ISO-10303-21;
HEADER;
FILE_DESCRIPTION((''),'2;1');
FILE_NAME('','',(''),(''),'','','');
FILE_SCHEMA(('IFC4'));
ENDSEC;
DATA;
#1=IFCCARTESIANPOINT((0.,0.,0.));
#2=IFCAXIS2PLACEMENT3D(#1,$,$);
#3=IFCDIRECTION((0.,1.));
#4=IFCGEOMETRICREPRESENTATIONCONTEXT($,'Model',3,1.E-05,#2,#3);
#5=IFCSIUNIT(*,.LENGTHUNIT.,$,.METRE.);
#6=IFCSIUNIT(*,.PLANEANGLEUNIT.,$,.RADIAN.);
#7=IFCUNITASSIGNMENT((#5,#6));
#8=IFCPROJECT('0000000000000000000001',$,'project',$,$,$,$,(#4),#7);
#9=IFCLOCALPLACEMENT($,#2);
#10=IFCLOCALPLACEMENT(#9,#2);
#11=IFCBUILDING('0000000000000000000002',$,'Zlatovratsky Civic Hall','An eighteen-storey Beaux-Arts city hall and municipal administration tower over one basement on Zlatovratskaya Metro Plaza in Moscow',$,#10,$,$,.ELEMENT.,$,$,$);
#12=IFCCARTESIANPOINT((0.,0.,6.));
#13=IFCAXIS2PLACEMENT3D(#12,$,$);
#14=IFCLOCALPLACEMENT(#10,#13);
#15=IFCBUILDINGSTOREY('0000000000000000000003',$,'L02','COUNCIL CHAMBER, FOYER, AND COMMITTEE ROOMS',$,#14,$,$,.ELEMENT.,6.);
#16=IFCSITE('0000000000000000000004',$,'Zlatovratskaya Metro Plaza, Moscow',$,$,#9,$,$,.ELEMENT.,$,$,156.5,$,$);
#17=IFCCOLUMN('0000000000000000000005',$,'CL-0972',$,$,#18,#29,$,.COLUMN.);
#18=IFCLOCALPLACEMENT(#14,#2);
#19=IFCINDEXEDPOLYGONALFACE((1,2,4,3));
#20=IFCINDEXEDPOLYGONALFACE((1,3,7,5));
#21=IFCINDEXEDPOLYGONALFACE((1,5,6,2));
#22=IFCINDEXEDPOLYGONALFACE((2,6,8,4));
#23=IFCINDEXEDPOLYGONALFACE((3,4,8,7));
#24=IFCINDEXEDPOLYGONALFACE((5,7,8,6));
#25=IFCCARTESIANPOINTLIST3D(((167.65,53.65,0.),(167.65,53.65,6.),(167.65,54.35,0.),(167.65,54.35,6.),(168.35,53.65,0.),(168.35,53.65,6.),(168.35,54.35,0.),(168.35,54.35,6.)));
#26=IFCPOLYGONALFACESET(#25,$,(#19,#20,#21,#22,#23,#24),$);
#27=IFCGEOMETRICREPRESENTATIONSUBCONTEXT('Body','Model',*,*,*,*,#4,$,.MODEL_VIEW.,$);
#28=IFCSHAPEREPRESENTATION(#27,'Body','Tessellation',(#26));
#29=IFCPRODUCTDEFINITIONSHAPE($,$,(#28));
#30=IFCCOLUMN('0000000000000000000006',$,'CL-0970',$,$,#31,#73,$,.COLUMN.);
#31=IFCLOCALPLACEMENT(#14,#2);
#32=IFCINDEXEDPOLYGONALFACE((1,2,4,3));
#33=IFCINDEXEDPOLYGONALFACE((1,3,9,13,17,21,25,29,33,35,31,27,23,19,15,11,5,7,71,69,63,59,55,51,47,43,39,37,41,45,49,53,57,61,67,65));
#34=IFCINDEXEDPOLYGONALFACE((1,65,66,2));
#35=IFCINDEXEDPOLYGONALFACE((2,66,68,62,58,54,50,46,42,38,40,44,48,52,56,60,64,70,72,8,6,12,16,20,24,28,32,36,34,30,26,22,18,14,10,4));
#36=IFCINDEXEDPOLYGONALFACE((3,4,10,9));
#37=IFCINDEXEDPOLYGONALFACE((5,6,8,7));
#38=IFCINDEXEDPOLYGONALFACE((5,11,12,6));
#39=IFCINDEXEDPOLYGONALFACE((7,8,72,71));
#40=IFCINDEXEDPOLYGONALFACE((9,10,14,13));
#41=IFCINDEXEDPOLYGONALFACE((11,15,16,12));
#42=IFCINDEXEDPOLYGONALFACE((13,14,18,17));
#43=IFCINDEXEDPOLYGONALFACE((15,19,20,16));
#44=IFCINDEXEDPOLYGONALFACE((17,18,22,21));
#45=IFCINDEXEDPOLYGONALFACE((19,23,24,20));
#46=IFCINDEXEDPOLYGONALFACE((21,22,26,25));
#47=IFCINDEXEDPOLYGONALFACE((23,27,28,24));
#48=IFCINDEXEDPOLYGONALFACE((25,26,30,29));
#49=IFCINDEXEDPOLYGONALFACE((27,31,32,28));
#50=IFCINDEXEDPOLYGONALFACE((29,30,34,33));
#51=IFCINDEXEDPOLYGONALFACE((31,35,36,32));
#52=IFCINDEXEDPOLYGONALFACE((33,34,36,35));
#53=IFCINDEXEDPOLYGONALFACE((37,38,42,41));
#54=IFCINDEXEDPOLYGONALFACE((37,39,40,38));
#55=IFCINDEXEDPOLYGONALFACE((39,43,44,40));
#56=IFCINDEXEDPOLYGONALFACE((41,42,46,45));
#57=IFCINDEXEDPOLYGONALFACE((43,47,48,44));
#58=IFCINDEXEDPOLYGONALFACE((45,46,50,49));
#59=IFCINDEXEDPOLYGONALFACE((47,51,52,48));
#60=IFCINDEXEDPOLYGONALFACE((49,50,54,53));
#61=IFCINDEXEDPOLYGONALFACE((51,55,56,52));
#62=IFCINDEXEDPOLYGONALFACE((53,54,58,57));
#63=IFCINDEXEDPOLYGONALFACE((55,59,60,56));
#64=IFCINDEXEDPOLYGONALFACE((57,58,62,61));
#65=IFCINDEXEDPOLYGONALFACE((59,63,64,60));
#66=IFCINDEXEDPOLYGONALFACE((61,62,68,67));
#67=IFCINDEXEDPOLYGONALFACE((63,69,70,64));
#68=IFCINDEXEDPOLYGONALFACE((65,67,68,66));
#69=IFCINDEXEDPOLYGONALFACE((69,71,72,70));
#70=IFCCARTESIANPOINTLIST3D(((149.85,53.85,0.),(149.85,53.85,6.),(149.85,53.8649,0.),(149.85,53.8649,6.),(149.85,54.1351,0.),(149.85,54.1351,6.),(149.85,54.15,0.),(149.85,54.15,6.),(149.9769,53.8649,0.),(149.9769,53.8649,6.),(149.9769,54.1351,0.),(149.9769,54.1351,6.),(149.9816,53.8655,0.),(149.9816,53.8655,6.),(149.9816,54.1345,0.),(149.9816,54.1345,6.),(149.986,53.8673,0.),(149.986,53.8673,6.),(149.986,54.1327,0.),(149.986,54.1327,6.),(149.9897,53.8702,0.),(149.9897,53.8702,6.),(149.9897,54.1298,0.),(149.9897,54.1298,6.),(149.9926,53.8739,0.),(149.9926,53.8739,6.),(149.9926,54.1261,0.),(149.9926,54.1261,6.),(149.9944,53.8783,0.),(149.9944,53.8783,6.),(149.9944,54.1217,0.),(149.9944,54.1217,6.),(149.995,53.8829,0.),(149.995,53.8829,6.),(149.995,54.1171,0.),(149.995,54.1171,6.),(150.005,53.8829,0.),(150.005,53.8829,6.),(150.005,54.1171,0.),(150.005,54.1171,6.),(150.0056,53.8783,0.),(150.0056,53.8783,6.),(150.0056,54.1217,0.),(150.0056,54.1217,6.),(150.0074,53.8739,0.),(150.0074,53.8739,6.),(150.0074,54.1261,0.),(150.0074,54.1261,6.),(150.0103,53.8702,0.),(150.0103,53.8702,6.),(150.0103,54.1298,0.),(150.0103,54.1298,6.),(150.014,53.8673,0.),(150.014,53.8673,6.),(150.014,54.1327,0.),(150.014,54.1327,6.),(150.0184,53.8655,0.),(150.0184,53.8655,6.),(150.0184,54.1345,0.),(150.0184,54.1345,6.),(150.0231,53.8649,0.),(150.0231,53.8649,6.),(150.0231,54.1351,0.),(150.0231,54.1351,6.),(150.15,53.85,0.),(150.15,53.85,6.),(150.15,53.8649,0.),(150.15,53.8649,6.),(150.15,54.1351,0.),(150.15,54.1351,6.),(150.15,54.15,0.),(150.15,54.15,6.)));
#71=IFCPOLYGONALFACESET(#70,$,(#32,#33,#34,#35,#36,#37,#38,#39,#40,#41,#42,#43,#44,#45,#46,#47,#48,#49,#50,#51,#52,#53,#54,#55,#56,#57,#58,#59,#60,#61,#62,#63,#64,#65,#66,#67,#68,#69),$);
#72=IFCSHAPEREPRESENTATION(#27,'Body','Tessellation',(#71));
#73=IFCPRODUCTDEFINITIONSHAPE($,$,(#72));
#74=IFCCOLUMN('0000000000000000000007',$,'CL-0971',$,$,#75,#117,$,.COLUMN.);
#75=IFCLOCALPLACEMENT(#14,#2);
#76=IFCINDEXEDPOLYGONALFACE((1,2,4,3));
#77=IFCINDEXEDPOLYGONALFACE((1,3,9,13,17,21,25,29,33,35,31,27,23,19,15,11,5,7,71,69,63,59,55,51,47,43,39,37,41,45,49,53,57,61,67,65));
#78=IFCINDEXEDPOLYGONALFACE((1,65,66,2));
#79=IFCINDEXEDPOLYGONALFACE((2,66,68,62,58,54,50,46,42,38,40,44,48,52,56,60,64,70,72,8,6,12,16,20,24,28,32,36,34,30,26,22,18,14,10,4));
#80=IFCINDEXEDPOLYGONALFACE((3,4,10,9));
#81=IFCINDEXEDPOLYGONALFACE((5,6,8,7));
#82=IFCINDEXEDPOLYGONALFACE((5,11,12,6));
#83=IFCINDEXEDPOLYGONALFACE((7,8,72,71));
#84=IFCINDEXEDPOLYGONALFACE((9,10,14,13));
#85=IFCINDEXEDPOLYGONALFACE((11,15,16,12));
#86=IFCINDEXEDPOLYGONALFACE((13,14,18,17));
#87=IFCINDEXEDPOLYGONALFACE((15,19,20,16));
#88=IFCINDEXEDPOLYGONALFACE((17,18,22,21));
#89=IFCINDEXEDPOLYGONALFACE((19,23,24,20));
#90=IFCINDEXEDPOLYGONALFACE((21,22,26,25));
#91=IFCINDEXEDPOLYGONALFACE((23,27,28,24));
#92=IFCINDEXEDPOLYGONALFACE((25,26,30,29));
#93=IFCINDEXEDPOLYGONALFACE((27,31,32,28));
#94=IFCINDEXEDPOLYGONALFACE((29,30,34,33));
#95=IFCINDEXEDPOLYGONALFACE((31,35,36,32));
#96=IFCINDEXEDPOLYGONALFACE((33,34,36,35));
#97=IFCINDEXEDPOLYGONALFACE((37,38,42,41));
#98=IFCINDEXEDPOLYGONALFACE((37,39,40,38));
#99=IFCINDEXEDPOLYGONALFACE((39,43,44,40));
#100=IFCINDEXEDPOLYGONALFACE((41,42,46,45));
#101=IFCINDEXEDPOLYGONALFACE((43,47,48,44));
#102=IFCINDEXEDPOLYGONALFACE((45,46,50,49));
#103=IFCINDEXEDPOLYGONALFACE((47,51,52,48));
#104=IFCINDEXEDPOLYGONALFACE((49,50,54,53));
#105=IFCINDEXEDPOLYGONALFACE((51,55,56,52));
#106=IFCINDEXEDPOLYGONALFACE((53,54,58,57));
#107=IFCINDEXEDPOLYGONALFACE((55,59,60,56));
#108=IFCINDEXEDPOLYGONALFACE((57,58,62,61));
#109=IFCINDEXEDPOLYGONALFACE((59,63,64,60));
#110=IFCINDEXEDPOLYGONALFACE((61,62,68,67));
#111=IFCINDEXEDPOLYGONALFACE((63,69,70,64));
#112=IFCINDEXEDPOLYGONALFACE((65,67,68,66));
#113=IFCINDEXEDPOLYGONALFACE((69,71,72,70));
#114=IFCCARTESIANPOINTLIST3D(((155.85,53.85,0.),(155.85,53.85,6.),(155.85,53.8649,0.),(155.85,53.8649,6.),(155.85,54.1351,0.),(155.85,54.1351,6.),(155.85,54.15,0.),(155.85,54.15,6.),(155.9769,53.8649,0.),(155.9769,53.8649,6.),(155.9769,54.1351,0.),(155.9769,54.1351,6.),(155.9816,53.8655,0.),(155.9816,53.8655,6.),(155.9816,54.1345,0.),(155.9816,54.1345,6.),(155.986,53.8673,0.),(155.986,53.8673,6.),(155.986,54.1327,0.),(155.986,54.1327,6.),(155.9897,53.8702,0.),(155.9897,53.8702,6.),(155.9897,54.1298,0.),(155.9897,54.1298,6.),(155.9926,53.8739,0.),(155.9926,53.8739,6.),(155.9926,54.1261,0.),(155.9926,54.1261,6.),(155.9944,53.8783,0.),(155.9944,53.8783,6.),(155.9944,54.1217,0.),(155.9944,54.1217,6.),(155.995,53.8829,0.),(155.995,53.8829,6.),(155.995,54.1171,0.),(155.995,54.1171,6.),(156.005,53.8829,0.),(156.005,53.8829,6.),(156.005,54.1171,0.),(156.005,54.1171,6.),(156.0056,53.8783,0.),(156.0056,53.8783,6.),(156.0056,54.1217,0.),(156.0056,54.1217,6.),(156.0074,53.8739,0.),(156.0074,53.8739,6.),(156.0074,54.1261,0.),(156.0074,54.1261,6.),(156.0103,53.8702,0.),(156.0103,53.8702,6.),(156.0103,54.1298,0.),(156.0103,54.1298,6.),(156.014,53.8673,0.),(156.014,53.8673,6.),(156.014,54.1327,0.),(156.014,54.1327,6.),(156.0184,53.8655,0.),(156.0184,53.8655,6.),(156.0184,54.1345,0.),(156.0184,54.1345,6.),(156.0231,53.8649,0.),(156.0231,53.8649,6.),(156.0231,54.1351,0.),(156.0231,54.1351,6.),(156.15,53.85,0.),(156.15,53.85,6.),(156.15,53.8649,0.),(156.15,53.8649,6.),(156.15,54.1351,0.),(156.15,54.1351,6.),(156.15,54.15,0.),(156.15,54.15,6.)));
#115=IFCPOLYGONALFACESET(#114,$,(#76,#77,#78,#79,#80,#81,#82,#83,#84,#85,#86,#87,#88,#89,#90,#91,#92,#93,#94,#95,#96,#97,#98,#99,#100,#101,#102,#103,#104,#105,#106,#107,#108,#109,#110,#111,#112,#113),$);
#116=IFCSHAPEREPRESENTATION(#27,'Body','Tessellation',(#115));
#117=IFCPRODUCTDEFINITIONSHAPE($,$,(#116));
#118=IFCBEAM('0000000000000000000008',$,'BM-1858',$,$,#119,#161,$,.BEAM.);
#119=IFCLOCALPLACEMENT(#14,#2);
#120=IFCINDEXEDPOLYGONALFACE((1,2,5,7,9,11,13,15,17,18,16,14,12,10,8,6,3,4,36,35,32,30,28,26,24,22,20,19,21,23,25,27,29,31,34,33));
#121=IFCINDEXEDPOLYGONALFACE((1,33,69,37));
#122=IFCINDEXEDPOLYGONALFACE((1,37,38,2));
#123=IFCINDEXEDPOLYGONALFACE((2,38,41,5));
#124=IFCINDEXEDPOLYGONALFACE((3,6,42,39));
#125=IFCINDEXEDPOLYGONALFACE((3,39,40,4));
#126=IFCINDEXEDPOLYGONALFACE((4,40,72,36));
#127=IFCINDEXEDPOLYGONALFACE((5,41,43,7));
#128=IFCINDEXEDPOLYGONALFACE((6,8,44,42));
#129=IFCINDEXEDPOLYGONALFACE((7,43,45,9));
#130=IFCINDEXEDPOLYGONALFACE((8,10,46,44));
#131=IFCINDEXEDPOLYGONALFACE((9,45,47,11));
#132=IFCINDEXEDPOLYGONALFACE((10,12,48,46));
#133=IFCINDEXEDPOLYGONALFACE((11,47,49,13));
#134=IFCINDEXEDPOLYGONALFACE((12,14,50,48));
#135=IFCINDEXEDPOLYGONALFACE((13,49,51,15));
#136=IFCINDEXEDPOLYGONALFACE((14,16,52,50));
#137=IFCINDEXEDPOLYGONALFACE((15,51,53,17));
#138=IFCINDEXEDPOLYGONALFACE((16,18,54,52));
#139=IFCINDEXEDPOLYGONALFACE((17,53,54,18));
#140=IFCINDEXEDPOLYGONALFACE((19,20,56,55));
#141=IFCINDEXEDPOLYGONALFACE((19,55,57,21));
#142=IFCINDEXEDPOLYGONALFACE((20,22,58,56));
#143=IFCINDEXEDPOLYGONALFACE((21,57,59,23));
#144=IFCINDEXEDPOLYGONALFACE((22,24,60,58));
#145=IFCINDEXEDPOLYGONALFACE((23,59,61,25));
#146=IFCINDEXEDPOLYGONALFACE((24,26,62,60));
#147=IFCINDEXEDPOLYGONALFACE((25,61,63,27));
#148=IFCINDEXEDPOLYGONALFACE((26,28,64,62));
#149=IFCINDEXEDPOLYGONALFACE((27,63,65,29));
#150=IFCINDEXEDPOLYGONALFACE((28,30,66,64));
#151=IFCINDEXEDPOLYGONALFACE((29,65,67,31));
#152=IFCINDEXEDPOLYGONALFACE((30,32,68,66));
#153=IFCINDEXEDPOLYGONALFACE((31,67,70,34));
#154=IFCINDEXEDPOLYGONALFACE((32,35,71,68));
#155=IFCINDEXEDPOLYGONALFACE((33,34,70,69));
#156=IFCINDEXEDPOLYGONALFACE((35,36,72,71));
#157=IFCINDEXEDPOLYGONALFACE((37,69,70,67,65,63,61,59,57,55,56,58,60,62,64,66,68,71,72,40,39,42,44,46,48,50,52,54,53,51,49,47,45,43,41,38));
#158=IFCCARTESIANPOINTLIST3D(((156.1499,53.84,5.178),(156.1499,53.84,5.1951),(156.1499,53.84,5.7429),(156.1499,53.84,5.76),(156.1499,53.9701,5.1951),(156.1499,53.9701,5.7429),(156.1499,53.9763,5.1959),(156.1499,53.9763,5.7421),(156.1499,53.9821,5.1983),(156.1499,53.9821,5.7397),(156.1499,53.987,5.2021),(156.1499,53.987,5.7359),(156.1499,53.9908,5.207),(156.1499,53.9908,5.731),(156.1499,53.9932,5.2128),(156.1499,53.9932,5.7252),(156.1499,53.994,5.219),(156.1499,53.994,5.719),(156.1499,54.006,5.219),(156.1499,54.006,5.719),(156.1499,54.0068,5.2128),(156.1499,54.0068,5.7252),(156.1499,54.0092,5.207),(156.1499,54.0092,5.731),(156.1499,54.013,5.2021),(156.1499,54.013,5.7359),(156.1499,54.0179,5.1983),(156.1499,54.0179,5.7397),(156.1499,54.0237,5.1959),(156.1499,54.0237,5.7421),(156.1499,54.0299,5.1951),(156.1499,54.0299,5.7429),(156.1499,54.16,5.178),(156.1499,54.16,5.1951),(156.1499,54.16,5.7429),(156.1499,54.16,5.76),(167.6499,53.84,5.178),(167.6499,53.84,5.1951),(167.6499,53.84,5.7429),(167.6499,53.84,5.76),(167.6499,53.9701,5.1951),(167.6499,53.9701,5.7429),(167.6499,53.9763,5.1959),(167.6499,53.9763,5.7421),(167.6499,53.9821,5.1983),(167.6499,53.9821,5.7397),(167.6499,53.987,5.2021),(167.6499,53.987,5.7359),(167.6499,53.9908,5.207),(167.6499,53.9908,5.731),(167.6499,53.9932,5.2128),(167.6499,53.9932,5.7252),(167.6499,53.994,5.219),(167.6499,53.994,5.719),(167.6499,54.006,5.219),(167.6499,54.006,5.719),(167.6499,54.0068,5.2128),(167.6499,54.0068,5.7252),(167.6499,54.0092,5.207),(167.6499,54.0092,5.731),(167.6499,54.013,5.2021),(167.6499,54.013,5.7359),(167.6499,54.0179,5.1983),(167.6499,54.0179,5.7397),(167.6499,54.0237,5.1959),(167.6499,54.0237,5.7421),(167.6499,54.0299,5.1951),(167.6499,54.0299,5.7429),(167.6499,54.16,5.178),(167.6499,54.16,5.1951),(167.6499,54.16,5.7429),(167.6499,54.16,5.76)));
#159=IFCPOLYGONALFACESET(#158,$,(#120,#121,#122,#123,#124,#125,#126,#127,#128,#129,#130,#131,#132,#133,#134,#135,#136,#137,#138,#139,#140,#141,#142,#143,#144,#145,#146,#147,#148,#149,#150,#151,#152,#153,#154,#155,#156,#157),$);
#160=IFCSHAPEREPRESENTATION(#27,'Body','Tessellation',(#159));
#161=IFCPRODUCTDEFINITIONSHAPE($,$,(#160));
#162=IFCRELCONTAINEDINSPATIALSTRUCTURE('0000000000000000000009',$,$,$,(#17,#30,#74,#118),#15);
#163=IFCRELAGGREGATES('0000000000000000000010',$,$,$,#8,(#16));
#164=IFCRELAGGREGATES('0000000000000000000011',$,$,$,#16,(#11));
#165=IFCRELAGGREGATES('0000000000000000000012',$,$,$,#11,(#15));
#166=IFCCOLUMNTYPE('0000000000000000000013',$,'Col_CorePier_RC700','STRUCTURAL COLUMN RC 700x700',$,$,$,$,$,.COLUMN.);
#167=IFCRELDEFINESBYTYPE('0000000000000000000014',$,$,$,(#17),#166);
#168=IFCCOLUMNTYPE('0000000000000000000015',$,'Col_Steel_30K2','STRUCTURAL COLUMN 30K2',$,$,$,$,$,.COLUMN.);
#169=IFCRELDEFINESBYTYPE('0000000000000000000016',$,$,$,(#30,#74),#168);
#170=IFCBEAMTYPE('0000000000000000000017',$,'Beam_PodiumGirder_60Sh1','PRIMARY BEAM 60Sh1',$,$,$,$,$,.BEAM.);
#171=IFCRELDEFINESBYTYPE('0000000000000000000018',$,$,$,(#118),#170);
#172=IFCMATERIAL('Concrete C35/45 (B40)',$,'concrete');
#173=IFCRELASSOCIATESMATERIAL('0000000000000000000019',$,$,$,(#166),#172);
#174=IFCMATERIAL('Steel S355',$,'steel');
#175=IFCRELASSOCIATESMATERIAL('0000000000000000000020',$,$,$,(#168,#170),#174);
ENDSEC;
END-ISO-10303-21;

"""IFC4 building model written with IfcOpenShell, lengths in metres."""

from ifc_helpers import new_model, si_unit, direction, frame, origin, origin_2d, place, context, subcontext, project, spatial, rectangle, i_section, extrude, material, material_profile, profile_set, type_object, element, save


model = new_model("IFC4")

# Units and contexts
model_context = context("Model", 3, precision=1e-05, world=origin(), true_north=direction((0.0, 1.0)))
body_context = subcontext(model_context, "Body", "Model", "MODEL_VIEW")
ifc_project = project(units=[si_unit("LENGTHUNIT", "METRE"), si_unit("PLANEANGLEUNIT", "RADIAN")], contexts=[model_context])

# Site, building, storey
site_placement = place(None, origin())
site = spatial("IfcSite", under=ifc_project, at=site_placement, Name="Zlatovratskaya Metro Plaza, Moscow", CompositionType="ELEMENT", RefElevation=156.5)
building_placement = place(site_placement, origin())
building = spatial("IfcBuilding", under=site, at=building_placement, Name="Zlatovratsky Civic Hall", Description="An eighteen-storey Beaux-Arts city hall and municipal administration tower over one basement on Zlatovratskaya Metro Plaza in Moscow", CompositionType="ELEMENT")
storey_placement = place(building_placement, frame((0.0, 0.0, 6.0)))
storey = spatial("IfcBuildingStorey", under=building, at=storey_placement, Name="L02", Description="COUNCIL CHAMBER, FOYER, AND COMMITTEE ROOMS", CompositionType="ELEMENT", Elevation=6.0)

# Columns
ifc_material_1 = material(Name="Concrete C35/45 (B40)", Category="concrete")
ifc_material_profile_1 = material_profile(ifc_material_1, rectangle(XDim=0.7, YDim=0.7, at=origin_2d()), Name="RC 700x700")
ifc_profile_set_1 = profile_set([ifc_material_profile_1], Name="Concrete C35/45 (B40)")
column_type_1 = type_object("IfcColumnType", Name="Col_CorePier_RC700", Description="STRUCTURAL COLUMN RC 700x700", PredefinedType="COLUMN", material=ifc_profile_set_1)
column_placement = place(storey_placement, frame((168.0, 54.0, 0.0), z_axis=(0.0, 0.0, 1.0), x_axis=(1.0, 0.0, 0.0)))
element("IfcColumn", 1, at=column_placement, inside=storey, type_object=column_type_1, Name="CL-0972", PredefinedType="COLUMN", context=body_context, shape_type="SweptSolid", body=[
    extrude(rectangle(XDim=0.7, YDim=0.7, at=origin_2d()), origin(), (0.0, 0.0, 1.0), 6.0),
])
ifc_material_2 = material(Name="Steel S355", Category="steel")
ifc_material_profile_2 = material_profile(ifc_material_2, i_section(OverallWidth=0.3, OverallDepth=0.3, WebThickness=0.01, FlangeThickness=0.0149, FilletRadius=0.0181, at=origin_2d()), Name="30K2")
ifc_profile_set_2 = profile_set([ifc_material_profile_2], Name="Steel S355")
column_type_2 = type_object("IfcColumnType", Name="Col_Steel_30K2", Description="STRUCTURAL COLUMN 30K2", PredefinedType="COLUMN", material=ifc_profile_set_2)
for number, where, z_axis, x_axis, name in (
    (2, (150.0, 54.0, 0.0), (0.0, 0.0, 1.0), (1.0, 0.0, 0.0), "CL-0970"),
    (3, (156.0, 54.0, 0.0), (0.0, 0.0, 1.0), (1.0, 0.0, 0.0), "CL-0971"),
):
    element("IfcColumn", number, at=place(storey_placement, frame(where, z_axis=z_axis, x_axis=x_axis)), inside=storey, type_object=column_type_2, Name=name, PredefinedType="COLUMN", context=body_context, shape_type="SweptSolid", body=[
        extrude(i_section(OverallWidth=0.3, OverallDepth=0.3, WebThickness=0.01, FlangeThickness=0.0149, FilletRadius=0.0181, at=origin_2d()), origin(), (0.0, 0.0, 1.0), 6.0),
    ])

# Beam
ifc_material_profile_3 = material_profile(ifc_material_2, i_section(OverallWidth=0.3201, OverallDepth=0.582, WebThickness=0.012, FlangeThickness=0.0171, FilletRadius=0.0239, at=origin_2d()), Name="60Sh1")
ifc_profile_set_3 = profile_set([ifc_material_profile_3], Name="Steel S355")
beam_type_1 = type_object("IfcBeamType", Name="Beam_PodiumGirder_60Sh1", Description="PRIMARY BEAM 60Sh1", PredefinedType="BEAM", material=ifc_profile_set_3)
beam_1_placement = place(storey_placement, frame((156.1499, 54.0, 5.469), z_axis=(1.0, 0.0, 0.0), x_axis=(0.0, 1.0, 0.0)))
element("IfcBeam", 4, at=beam_1_placement, inside=storey, type_object=beam_type_1, Name="BM-1858", PredefinedType="BEAM", context=body_context, shape_type="SweptSolid", body=[
    extrude(i_section(OverallWidth=0.3201, OverallDepth=0.582, WebThickness=0.012, FlangeThickness=0.0171, FilletRadius=0.0239, at=origin_2d()), origin(), (0.0, 0.0, 1.0), 11.5),
])

save(model, "model.ifc")
